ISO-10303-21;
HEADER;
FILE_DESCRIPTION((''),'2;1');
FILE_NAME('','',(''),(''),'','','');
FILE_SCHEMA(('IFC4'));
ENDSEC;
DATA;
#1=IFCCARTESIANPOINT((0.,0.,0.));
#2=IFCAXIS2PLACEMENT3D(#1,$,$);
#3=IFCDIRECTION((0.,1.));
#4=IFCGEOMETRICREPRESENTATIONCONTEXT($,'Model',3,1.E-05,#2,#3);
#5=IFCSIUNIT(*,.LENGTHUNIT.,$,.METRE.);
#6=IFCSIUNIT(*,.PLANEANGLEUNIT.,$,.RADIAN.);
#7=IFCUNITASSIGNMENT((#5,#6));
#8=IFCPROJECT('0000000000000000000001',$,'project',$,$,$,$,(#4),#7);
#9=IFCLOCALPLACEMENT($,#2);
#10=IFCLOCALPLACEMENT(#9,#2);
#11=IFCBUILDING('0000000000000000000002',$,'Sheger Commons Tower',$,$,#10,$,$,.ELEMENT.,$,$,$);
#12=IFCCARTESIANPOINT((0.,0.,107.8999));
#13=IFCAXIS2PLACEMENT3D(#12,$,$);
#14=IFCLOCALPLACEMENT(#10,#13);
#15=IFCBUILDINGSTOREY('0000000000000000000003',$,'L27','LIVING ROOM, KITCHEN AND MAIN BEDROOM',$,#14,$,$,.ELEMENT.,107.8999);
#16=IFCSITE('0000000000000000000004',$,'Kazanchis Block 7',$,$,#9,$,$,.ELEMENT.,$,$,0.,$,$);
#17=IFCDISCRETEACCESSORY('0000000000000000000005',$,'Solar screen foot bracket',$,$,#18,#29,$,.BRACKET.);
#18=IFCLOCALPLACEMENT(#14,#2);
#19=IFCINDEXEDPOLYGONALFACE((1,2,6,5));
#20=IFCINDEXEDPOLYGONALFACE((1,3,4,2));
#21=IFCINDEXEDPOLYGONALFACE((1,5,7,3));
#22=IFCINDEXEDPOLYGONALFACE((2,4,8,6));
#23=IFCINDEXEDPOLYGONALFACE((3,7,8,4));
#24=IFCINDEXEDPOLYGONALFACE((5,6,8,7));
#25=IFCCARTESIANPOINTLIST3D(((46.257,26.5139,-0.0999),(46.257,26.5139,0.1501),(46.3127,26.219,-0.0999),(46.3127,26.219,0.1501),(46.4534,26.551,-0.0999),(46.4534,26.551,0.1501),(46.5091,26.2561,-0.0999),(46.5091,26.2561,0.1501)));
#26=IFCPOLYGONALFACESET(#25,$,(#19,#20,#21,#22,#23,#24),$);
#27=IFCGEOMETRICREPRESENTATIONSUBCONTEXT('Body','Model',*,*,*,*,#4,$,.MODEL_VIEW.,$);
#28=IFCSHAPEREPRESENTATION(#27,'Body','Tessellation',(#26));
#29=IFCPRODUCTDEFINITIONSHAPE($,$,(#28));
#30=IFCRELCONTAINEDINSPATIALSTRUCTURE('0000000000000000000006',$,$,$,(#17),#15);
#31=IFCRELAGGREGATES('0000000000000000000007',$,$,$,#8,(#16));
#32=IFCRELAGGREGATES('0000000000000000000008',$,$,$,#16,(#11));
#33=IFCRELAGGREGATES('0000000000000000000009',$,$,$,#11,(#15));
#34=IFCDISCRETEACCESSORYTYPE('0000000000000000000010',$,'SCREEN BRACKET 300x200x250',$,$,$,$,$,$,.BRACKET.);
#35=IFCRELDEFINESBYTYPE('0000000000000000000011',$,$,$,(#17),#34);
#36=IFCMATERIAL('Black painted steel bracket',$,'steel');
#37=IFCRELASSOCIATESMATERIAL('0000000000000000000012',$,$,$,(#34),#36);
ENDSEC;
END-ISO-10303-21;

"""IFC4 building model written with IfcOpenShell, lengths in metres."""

from ifc_helpers import new_model, si_unit, direction, frame, origin, origin_2d, place, context, subcontext, project, spatial, rectangle, extrude, material, type_object, element, save


model = new_model("IFC4")

# Units and contexts
model_context = context("Model", 3, precision=1e-05, world=origin(), true_north=direction((0.0, 1.0)))
body_context = subcontext(model_context, "Body", "Model", "MODEL_VIEW")
ifc_project = project(units=[si_unit("LENGTHUNIT", "METRE"), si_unit("PLANEANGLEUNIT", "RADIAN")], contexts=[model_context])

# Site, building, storey
site_placement = place(None, origin())
site = spatial("IfcSite", under=ifc_project, at=site_placement, Name="Kazanchis Block 7", CompositionType="ELEMENT", RefElevation=0.0)
building_placement = place(site_placement, origin())
building = spatial("IfcBuilding", under=site, at=building_placement, Name="Sheger Commons Tower", CompositionType="ELEMENT")
storey_placement = place(building_placement, frame((0.0, 0.0, 107.8999)))
storey = spatial("IfcBuildingStorey", under=building, at=storey_placement, Name="L27", Description="LIVING ROOM, KITCHEN AND MAIN BEDROOM", CompositionType="ELEMENT", Elevation=107.8999)

# Discrete accessory
ifc_material_1 = material(Name="Black painted steel bracket", Category="steel")
discrete_accessory_type = type_object("IfcDiscreteAccessoryType", Name="SCREEN BRACKET 300x200x250", PredefinedType="BRACKET", material=ifc_material_1)
for number, where, z_axis, x_axis, name in (
    (1, (46.3831, 26.385, -0.0999), (0.0, 0.0, 1.0), (-0.185615, 0.982623, 0.0), "Solar screen foot bracket"),
):
    element("IfcDiscreteAccessory", number, at=place(storey_placement, frame(where, z_axis=z_axis, x_axis=x_axis)), inside=storey, type_object=discrete_accessory_type, Name=name, PredefinedType="BRACKET", context=body_context, shape_type="SweptSolid", body=[
        extrude(rectangle(XDim=0.3, YDim=0.2, at=origin_2d()), origin(), (0.0, 0.0, 1.0), 0.25),
    ])

save(model, "model.ifc")
